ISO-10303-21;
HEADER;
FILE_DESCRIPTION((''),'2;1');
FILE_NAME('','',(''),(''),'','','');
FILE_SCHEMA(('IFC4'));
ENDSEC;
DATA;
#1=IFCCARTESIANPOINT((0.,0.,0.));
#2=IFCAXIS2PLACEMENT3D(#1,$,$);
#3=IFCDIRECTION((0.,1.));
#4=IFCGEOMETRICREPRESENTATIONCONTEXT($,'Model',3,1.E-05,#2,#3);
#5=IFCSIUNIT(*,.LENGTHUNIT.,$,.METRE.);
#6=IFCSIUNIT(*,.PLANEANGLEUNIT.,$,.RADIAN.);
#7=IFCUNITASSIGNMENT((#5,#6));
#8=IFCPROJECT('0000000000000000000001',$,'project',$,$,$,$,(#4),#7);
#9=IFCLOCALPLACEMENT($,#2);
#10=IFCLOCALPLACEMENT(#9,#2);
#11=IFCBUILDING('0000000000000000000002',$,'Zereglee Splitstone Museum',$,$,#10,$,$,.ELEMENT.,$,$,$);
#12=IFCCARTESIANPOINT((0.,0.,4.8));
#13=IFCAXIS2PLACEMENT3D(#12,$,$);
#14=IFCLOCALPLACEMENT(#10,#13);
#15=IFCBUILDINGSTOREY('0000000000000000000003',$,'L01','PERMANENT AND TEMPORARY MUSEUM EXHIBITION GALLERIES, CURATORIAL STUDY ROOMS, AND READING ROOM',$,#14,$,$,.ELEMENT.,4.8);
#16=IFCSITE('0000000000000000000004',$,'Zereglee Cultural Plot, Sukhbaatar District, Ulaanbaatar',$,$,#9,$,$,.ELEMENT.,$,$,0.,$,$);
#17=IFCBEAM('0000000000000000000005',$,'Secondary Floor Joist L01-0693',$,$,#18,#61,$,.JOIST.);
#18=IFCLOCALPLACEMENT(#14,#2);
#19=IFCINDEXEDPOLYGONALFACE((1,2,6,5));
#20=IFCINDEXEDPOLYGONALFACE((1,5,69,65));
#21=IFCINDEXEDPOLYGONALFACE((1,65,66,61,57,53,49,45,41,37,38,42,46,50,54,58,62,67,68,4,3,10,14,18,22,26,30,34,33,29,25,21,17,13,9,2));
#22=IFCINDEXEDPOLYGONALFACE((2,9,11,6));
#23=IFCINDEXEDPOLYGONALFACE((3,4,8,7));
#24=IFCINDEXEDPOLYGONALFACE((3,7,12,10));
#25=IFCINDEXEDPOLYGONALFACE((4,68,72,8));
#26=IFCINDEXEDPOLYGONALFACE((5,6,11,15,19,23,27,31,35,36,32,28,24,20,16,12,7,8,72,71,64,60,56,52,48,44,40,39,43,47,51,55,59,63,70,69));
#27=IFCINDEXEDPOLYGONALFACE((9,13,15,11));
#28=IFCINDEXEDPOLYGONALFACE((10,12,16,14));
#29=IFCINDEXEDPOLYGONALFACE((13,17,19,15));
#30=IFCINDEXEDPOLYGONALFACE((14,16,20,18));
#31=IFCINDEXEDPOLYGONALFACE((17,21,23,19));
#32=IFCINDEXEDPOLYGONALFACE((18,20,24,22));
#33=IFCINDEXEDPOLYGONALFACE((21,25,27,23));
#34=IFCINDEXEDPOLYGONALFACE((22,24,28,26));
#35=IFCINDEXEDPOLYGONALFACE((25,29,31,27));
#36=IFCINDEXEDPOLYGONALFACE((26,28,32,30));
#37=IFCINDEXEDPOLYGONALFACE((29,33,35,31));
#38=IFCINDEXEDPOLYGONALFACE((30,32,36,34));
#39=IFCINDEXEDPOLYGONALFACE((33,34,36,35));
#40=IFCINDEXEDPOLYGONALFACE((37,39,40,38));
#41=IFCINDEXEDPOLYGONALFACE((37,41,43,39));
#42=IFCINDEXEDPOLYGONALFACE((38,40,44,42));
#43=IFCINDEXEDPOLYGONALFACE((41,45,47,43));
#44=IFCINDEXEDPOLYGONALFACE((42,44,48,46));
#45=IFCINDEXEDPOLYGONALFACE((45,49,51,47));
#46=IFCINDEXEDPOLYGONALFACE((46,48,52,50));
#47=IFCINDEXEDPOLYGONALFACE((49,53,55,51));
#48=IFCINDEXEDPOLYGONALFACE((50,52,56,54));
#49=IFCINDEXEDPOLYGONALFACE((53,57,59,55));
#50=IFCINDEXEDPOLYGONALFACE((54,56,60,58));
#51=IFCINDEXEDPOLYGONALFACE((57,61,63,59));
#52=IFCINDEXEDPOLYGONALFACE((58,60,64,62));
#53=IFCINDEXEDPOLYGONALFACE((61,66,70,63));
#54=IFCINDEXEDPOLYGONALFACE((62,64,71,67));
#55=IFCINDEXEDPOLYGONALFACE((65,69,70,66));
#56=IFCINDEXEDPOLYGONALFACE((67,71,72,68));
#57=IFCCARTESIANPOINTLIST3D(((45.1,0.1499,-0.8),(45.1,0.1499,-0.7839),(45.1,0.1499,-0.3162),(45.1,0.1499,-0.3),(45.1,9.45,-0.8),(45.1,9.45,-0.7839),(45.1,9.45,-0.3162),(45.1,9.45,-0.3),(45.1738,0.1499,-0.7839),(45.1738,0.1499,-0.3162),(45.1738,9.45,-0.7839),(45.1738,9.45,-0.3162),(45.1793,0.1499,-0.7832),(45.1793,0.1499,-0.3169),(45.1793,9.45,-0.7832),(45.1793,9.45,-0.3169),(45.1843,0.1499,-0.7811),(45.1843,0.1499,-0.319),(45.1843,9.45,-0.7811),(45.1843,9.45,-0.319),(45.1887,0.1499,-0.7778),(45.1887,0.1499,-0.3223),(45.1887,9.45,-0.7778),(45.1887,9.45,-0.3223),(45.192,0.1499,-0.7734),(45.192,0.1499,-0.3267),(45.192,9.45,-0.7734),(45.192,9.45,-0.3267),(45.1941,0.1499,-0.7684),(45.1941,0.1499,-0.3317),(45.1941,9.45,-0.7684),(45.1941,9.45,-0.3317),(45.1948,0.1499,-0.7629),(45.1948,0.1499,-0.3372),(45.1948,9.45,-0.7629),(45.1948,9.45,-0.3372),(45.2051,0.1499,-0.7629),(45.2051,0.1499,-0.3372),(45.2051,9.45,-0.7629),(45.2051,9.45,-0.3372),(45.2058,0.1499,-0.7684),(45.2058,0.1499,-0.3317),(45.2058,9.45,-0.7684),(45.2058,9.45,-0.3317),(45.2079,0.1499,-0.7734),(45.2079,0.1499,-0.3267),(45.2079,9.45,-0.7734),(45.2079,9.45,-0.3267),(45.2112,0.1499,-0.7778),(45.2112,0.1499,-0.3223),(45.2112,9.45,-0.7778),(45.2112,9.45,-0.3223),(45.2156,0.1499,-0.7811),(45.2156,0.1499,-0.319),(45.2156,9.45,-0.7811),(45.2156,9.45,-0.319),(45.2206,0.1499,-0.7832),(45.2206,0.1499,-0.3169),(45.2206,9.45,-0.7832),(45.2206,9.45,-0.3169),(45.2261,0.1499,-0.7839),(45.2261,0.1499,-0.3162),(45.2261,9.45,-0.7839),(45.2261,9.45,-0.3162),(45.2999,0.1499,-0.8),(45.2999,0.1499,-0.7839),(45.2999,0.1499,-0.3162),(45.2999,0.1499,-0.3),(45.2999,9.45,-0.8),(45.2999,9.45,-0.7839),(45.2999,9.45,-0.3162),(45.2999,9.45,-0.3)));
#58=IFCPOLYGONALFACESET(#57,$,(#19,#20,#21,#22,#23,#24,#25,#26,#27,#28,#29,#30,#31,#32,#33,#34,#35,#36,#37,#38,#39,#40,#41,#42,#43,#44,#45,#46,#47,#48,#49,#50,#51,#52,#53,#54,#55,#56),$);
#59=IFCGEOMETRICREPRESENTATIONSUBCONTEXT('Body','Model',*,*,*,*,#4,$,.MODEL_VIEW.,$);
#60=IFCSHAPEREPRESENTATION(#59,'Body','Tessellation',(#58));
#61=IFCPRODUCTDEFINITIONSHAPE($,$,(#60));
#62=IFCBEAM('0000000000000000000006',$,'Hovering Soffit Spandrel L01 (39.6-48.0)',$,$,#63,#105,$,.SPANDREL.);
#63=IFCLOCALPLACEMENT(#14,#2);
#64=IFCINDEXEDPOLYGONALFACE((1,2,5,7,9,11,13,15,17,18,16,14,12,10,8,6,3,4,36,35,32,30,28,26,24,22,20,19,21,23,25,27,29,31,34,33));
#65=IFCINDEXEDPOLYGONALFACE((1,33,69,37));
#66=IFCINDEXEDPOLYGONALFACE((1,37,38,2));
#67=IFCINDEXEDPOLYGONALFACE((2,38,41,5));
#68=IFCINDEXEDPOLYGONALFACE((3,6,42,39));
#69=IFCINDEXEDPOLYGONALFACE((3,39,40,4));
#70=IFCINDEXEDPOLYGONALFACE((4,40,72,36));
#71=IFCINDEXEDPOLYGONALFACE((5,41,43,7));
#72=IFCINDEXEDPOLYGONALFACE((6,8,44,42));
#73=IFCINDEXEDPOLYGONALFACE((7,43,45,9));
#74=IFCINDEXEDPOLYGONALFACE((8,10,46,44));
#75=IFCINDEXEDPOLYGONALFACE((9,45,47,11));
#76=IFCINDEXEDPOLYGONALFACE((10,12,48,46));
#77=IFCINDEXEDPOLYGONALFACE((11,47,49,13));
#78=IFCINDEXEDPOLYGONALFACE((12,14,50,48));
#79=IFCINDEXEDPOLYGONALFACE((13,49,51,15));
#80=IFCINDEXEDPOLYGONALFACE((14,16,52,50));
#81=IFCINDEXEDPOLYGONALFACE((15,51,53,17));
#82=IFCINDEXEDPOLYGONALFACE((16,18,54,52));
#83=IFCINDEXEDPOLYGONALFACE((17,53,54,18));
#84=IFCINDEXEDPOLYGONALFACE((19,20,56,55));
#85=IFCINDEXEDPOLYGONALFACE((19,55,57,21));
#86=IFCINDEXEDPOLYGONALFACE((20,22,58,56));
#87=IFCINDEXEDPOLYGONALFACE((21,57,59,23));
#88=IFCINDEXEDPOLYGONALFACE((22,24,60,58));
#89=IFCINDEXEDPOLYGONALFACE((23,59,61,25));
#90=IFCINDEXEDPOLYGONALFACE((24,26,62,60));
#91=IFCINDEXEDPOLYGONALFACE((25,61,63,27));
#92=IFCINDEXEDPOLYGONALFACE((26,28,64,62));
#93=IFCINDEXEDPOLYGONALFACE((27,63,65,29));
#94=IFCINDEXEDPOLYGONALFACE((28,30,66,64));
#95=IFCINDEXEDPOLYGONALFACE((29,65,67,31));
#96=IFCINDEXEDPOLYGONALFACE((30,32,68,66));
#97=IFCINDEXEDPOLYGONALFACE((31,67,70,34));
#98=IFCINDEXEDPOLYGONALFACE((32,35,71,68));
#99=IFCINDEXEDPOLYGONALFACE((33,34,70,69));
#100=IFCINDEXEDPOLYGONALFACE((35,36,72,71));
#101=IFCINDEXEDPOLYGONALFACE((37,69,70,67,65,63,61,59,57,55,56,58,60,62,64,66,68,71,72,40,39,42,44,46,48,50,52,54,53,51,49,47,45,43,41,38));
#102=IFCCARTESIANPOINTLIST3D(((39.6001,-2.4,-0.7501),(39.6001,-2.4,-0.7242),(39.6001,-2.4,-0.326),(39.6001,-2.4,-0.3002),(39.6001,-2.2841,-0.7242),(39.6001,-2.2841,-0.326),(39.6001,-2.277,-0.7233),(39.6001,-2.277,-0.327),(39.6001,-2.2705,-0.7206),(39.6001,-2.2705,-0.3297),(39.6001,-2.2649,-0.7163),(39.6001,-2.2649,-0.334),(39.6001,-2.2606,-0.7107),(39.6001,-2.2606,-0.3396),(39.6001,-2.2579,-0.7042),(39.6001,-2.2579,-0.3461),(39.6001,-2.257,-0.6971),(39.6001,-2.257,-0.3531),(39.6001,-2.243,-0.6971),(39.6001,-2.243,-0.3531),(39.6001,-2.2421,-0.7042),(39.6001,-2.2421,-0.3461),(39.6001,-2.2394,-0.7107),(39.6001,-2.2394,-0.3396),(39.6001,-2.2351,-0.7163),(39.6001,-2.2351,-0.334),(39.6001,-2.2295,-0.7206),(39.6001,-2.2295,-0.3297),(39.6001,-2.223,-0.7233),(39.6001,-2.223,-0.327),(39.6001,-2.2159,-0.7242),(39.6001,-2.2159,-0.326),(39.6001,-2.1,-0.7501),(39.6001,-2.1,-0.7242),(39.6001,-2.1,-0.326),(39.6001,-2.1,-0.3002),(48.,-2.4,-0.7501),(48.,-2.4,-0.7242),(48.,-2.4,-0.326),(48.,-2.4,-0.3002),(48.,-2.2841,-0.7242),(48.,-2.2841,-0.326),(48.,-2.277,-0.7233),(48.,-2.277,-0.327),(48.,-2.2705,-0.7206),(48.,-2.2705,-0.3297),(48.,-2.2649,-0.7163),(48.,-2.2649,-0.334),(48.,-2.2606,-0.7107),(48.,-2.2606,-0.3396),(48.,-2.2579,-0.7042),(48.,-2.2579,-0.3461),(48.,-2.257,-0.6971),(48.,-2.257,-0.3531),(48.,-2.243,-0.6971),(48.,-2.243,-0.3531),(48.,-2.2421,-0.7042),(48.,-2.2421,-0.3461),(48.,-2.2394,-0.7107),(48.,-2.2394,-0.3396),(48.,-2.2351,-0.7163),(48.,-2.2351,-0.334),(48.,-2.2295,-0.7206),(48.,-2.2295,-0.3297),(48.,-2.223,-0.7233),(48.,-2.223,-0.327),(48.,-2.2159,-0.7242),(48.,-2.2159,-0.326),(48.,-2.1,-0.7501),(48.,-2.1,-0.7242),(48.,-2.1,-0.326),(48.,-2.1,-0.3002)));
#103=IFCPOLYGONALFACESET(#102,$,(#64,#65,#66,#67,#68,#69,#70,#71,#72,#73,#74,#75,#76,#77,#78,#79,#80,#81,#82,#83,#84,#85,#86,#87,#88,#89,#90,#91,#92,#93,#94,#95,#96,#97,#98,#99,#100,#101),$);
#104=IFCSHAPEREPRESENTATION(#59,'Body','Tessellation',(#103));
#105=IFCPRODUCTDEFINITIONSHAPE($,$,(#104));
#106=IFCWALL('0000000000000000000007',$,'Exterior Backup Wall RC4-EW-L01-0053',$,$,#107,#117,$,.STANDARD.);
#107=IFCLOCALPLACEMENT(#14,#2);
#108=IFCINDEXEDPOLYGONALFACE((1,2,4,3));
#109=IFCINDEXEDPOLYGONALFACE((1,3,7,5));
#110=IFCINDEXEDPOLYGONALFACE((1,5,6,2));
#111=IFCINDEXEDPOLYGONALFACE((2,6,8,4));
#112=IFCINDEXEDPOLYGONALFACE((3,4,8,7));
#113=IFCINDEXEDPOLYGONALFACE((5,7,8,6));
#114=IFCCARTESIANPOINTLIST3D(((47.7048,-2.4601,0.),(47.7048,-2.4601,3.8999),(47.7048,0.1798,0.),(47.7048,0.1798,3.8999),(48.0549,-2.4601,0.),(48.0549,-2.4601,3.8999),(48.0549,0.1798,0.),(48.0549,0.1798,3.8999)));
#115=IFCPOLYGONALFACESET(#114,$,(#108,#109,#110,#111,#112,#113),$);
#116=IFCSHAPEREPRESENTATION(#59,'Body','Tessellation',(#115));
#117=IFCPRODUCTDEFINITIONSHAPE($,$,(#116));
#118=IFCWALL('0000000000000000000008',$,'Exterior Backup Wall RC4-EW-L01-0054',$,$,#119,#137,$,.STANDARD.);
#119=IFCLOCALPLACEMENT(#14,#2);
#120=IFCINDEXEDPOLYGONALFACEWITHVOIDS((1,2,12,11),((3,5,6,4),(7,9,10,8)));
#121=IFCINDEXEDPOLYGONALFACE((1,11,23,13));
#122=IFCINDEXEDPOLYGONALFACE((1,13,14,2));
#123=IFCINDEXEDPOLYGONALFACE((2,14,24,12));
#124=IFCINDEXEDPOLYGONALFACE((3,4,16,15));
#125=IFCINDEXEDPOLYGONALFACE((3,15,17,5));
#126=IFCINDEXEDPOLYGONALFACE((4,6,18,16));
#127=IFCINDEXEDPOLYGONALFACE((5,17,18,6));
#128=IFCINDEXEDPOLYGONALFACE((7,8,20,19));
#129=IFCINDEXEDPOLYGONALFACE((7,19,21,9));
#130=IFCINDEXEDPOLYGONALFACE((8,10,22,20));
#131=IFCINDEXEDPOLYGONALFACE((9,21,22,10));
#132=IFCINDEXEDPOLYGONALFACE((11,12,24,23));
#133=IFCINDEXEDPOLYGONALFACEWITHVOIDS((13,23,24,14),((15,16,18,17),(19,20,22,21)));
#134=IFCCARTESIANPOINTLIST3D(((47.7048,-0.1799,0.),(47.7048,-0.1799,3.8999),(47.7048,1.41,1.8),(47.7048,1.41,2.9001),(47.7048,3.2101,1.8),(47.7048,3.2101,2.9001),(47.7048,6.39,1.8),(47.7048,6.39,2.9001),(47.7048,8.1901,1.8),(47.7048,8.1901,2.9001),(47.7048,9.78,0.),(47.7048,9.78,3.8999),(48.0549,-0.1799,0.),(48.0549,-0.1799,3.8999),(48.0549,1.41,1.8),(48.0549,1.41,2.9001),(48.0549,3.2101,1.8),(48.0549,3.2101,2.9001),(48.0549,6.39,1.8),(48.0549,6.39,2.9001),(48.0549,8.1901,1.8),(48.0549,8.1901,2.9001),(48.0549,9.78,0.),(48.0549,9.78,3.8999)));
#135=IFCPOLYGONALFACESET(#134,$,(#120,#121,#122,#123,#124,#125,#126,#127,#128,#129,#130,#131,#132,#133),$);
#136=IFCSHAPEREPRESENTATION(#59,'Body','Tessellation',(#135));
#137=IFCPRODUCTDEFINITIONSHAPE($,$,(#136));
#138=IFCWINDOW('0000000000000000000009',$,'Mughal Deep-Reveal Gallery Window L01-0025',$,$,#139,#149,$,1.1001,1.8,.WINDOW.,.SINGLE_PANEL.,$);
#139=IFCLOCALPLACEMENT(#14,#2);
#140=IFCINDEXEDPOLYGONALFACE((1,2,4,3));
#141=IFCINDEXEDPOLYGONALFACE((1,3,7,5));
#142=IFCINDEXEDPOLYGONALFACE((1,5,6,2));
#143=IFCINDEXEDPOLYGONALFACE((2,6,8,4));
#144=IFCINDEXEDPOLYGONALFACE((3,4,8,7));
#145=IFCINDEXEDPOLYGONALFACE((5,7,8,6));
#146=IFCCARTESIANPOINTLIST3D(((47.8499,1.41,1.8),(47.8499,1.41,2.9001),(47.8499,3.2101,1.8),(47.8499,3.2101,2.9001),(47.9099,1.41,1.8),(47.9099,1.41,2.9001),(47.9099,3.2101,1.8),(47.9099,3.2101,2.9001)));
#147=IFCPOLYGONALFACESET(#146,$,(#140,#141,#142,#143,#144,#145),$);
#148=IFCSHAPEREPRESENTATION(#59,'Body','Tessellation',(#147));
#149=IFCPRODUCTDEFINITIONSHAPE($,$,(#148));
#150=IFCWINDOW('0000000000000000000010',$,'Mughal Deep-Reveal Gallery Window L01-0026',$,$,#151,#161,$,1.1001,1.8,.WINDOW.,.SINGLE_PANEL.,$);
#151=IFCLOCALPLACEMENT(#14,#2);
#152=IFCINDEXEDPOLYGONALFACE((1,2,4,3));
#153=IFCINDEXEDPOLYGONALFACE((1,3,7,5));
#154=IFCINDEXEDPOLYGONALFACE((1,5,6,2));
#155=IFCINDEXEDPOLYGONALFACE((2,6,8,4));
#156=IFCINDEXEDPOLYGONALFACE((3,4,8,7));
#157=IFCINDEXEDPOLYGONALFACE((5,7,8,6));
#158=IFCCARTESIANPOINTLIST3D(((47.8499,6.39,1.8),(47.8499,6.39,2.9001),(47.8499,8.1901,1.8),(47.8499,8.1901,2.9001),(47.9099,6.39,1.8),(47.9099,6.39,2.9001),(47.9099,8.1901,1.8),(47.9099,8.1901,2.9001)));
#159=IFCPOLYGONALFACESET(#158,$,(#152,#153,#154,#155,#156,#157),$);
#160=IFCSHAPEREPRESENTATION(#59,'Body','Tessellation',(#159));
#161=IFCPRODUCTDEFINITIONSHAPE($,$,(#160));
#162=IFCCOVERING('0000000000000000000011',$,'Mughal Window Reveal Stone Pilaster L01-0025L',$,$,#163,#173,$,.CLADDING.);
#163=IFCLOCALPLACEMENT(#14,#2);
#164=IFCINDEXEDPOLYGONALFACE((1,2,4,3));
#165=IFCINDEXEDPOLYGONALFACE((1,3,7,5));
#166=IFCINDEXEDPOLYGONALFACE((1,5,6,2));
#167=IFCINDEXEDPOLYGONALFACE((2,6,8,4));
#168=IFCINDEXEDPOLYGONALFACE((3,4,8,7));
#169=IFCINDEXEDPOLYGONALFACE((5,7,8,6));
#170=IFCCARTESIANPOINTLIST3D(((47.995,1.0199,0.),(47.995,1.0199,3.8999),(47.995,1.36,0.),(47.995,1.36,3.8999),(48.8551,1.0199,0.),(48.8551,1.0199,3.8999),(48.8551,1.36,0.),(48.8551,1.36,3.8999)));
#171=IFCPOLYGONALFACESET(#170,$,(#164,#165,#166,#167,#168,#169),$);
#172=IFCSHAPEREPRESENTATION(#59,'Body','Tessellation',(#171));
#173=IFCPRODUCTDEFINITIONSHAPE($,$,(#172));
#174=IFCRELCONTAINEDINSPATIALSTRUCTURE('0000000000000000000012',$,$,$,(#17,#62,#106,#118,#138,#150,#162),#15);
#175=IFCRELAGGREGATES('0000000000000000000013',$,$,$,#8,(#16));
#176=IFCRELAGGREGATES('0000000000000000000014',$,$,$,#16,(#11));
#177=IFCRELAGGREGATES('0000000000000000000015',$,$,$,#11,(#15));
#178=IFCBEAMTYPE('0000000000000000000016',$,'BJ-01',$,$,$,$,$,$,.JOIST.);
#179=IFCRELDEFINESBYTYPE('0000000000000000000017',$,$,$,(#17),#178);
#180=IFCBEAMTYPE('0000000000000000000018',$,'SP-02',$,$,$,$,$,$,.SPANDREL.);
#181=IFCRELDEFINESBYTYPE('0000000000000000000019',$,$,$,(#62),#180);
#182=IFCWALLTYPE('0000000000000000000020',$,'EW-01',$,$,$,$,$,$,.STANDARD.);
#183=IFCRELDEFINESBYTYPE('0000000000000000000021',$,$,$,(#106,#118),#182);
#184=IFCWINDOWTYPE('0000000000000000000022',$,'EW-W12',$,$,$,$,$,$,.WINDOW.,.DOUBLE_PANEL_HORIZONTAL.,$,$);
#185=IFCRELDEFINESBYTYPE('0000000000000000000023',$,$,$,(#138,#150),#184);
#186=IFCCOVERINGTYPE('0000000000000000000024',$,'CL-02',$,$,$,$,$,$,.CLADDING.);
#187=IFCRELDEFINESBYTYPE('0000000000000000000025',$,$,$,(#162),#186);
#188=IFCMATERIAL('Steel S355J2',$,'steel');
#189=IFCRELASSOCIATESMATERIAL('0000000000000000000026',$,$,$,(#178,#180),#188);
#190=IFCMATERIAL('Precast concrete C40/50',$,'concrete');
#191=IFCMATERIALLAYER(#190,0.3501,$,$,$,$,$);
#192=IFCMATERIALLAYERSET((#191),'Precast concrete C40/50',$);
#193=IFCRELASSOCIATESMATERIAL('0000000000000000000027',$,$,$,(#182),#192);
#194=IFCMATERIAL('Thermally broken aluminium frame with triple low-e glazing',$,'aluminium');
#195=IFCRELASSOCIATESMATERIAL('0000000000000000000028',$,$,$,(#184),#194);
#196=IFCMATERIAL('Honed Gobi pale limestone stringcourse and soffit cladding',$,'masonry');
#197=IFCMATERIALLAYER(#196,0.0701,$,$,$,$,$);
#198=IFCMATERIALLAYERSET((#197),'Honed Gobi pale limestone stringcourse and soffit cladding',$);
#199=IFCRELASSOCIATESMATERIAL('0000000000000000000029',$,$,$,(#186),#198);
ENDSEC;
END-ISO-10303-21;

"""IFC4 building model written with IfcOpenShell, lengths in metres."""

from ifc_helpers import new_model, si_unit, direction, frame, frame_2d, origin, origin_2d, place, context, subcontext, project, spatial, rectangle, i_section, extrude, material, layer, layer_set, material_profile, profile_set, type_object, element, fill, save


model = new_model("IFC4")

# Units and contexts
model_context = context("Model", 3, precision=1e-05, world=origin(), true_north=direction((0.0, 1.0)))
body_context = subcontext(model_context, "Body", "Model", "MODEL_VIEW")
ifc_project = project(units=[si_unit("LENGTHUNIT", "METRE"), si_unit("PLANEANGLEUNIT", "RADIAN")], contexts=[model_context])

# Site, building, storey
site_placement = place(None, origin())
site = spatial("IfcSite", under=ifc_project, at=site_placement, Name="Zereglee Cultural Plot, Sukhbaatar District, Ulaanbaatar", CompositionType="ELEMENT", RefElevation=0.0)
building_placement = place(site_placement, origin())
building = spatial("IfcBuilding", under=site, at=building_placement, Name="Zereglee Splitstone Museum", CompositionType="ELEMENT")
storey_placement = place(building_placement, frame((0.0, 0.0, 4.8)))
storey = spatial("IfcBuildingStorey", under=building, at=storey_placement, Name="L01", Description="PERMANENT AND TEMPORARY MUSEUM EXHIBITION GALLERIES, CURATORIAL STUDY ROOMS, AND READING ROOM", CompositionType="ELEMENT", Elevation=4.8)

# Beams
ifc_material_1 = material(Name="Steel S355J2", Category="steel")
ifc_material_profile_1 = material_profile(ifc_material_1, i_section(OverallWidth=0.2, OverallDepth=0.5, WebThickness=0.0103, FlangeThickness=0.0161, FilletRadius=0.021, at=origin_2d()), Name="IPE 500")
ifc_profile_set_1 = profile_set([ifc_material_profile_1], Name="Steel S355J2")
beam_type_1 = type_object("IfcBeamType", Name="BJ-01", PredefinedType="JOIST", material=ifc_profile_set_1)
beam_1_placement = place(storey_placement, frame((45.2, 0.1499, -0.55), z_axis=(0.0, 1.0, 0.0), x_axis=(-1.0, 0.0, 0.0)))
element("IfcBeam", 1, at=beam_1_placement, inside=storey, type_object=beam_type_1, Name="Secondary Floor Joist L01-0693", PredefinedType="JOIST", context=body_context, shape_type="SweptSolid", body=[
    extrude(i_section(OverallWidth=0.2, OverallDepth=0.5, WebThickness=0.0103, FlangeThickness=0.0161, FilletRadius=0.021, at=origin_2d()), origin(), (0.0, 0.0, 1.0), 9.3),
])
ifc_material_profile_2 = material_profile(ifc_material_1, i_section(OverallWidth=0.3, OverallDepth=0.45, WebThickness=0.0139, FlangeThickness=0.0259, FilletRadius=0.0271, at=origin_2d()), Name="HE 450 B")
ifc_profile_set_2 = profile_set([ifc_material_profile_2], Name="Steel S355J2")
beam_type_2 = type_object("IfcBeamType", Name="SP-02", PredefinedType="SPANDREL", material=ifc_profile_set_2)
beam_2_placement = place(storey_placement, frame((39.6001, -2.25, -0.5251), z_axis=(1.0, 0.0, 0.0), x_axis=(0.0, 1.0, 0.0)))
element("IfcBeam", 2, at=beam_2_placement, inside=storey, type_object=beam_type_2, Name="Hovering Soffit Spandrel L01 (39.6-48.0)", PredefinedType="SPANDREL", context=body_context, shape_type="SweptSolid", body=[
    extrude(i_section(OverallWidth=0.3, OverallDepth=0.45, WebThickness=0.0139, FlangeThickness=0.0259, FilletRadius=0.0271, at=origin_2d()), origin(), (0.0, 0.0, 1.0), 8.3999),
])

# Wall
ifc_material_2 = material(Name="Precast concrete C40/50", Category="concrete")
ifc_layer_1 = layer(ifc_material_2, 0.3501)
ifc_layer_set_1 = layer_set([ifc_layer_1], Name="Precast concrete C40/50")
wall_type = type_object("IfcWallType", Name="EW-01", PredefinedType="STANDARD", material=ifc_layer_set_1)
wall_1_placement = place(storey_placement, frame((47.8799, -2.46, 0.0), z_axis=(0.0, 0.0, 1.0), x_axis=(0.0, 1.0, 0.0)))
element("IfcWall", 3, at=wall_1_placement, inside=storey, type_object=wall_type, Name="Exterior Backup Wall RC4-EW-L01-0053", PredefinedType="STANDARD", context=body_context, shape_type="SweptSolid", body=[
    extrude(rectangle(XDim=2.6399, YDim=0.3501, at=frame_2d((1.3198, 0.0))), origin(), (0.0, 0.0, 1.0), 3.8999),
])

# Wall, openings, windows
wall_2_placement = place(storey_placement, frame((47.8799, -0.1799, 0.0), z_axis=(0.0, 0.0, 1.0), x_axis=(0.0, 1.0, 0.0)))
wall_2 = element("IfcWall", 4, at=wall_2_placement, inside=storey, type_object=wall_type, Name="Exterior Backup Wall RC4-EW-L01-0054", PredefinedType="STANDARD", context=body_context, shape_type="SweptSolid", body=[
    extrude(rectangle(XDim=9.96, YDim=0.3501, at=frame_2d((4.98, 0.0))), origin(), (0.0, 0.0, 1.0), 3.8999),
])
opening_1_placement = place(wall_2_placement, frame((1.5901, 0.0, 1.8)))
opening_1 = element("IfcOpeningElement", 5, at=opening_1_placement, cuts=wall_2, PredefinedType="OPENING", context=body_context, shape_type="SweptSolid", body=[
    extrude(rectangle(XDim=1.8, YDim=1.1001, at=frame_2d((0.8999, 0.55))), frame((0.0, 0.1899, 0.0), z_axis=(0.0, -1.0, 0.0), x_axis=(1.0, 0.0, 0.0)), (0.0, 0.0, 1.0), 0.3799),
])
opening_2_placement = place(wall_2_placement, frame((6.5701, 0.0, 1.8)))
opening_2 = element("IfcOpeningElement", 6, at=opening_2_placement, cuts=wall_2, PredefinedType="OPENING", context=body_context, shape_type="SweptSolid", body=[
    extrude(rectangle(XDim=1.8, YDim=1.1001, at=frame_2d((0.8999, 0.55))), frame((0.0, 0.1899, 0.0), z_axis=(0.0, -1.0, 0.0), x_axis=(1.0, 0.0, 0.0)), (0.0, 0.0, 1.0), 0.3799),
])
ifc_material_3 = material(Name="Thermally broken aluminium frame with triple low-e glazing", Category="aluminium")
window_type = type_object("IfcWindowType", Name="EW-W12", PartitioningType="DOUBLE_PANEL_HORIZONTAL", PredefinedType="WINDOW", material=ifc_material_3)
window_1_placement = place(opening_1_placement, origin())
window_1 = element("IfcWindow", 7, at=window_1_placement, inside=storey, type_object=window_type, Name="Mughal Deep-Reveal Gallery Window L01-0025", OverallHeight=1.1001, OverallWidth=1.8, PartitioningType="SINGLE_PANEL", PredefinedType="WINDOW", context=body_context, shape_type="SweptSolid", body=[
    extrude(rectangle(XDim=1.8, YDim=1.1001, at=frame_2d((0.8999, 0.55))), frame((0.0, 0.03, 0.0), z_axis=(0.0, -1.0, 0.0), x_axis=(1.0, 0.0, 0.0)), (0.0, 0.0, 1.0), 0.0601),
])
fill(opening_1, window_1)
window_2_placement = place(opening_2_placement, origin())
window_2 = element("IfcWindow", 8, at=window_2_placement, inside=storey, type_object=window_type, Name="Mughal Deep-Reveal Gallery Window L01-0026", OverallHeight=1.1001, OverallWidth=1.8, PartitioningType="SINGLE_PANEL", PredefinedType="WINDOW", context=body_context, shape_type="SweptSolid", body=[
    extrude(rectangle(XDim=1.8, YDim=1.1001, at=frame_2d((0.8999, 0.55))), frame((0.0, 0.03, 0.0), z_axis=(0.0, -1.0, 0.0), x_axis=(1.0, 0.0, 0.0)), (0.0, 0.0, 1.0), 0.0601),
])
fill(opening_2, window_2)

# Covering
ifc_material_4 = material(Name="Honed Gobi pale limestone stringcourse and soffit cladding", Category="masonry")
ifc_layer_2 = layer(ifc_material_4, 0.0701)
ifc_layer_set_2 = layer_set([ifc_layer_2], Name="Honed Gobi pale limestone stringcourse and soffit cladding")
covering_type_1 = type_object("IfcCoveringType", Name="CL-02", PredefinedType="CLADDING", material=ifc_layer_set_2)
for number, where, z_axis, x_axis, name in (
    (9, (48.425, 1.1899, 0.0), (0.0, 0.0, 1.0), (0.0, 1.0, 0.0), "Mughal Window Reveal Stone Pilaster L01-0025L"),
):
    element("IfcCovering", number, at=place(storey_placement, frame(where, z_axis=z_axis, x_axis=x_axis)), inside=storey, type_object=covering_type_1, Name=name, PredefinedType="CLADDING", context=body_context, shape_type="SweptSolid", body=[
        extrude(rectangle(XDim=0.3401, YDim=0.8601, at=origin_2d()), origin(), (0.0, 0.0, 1.0), 3.8999),
    ])

save(model, "model.ifc")
